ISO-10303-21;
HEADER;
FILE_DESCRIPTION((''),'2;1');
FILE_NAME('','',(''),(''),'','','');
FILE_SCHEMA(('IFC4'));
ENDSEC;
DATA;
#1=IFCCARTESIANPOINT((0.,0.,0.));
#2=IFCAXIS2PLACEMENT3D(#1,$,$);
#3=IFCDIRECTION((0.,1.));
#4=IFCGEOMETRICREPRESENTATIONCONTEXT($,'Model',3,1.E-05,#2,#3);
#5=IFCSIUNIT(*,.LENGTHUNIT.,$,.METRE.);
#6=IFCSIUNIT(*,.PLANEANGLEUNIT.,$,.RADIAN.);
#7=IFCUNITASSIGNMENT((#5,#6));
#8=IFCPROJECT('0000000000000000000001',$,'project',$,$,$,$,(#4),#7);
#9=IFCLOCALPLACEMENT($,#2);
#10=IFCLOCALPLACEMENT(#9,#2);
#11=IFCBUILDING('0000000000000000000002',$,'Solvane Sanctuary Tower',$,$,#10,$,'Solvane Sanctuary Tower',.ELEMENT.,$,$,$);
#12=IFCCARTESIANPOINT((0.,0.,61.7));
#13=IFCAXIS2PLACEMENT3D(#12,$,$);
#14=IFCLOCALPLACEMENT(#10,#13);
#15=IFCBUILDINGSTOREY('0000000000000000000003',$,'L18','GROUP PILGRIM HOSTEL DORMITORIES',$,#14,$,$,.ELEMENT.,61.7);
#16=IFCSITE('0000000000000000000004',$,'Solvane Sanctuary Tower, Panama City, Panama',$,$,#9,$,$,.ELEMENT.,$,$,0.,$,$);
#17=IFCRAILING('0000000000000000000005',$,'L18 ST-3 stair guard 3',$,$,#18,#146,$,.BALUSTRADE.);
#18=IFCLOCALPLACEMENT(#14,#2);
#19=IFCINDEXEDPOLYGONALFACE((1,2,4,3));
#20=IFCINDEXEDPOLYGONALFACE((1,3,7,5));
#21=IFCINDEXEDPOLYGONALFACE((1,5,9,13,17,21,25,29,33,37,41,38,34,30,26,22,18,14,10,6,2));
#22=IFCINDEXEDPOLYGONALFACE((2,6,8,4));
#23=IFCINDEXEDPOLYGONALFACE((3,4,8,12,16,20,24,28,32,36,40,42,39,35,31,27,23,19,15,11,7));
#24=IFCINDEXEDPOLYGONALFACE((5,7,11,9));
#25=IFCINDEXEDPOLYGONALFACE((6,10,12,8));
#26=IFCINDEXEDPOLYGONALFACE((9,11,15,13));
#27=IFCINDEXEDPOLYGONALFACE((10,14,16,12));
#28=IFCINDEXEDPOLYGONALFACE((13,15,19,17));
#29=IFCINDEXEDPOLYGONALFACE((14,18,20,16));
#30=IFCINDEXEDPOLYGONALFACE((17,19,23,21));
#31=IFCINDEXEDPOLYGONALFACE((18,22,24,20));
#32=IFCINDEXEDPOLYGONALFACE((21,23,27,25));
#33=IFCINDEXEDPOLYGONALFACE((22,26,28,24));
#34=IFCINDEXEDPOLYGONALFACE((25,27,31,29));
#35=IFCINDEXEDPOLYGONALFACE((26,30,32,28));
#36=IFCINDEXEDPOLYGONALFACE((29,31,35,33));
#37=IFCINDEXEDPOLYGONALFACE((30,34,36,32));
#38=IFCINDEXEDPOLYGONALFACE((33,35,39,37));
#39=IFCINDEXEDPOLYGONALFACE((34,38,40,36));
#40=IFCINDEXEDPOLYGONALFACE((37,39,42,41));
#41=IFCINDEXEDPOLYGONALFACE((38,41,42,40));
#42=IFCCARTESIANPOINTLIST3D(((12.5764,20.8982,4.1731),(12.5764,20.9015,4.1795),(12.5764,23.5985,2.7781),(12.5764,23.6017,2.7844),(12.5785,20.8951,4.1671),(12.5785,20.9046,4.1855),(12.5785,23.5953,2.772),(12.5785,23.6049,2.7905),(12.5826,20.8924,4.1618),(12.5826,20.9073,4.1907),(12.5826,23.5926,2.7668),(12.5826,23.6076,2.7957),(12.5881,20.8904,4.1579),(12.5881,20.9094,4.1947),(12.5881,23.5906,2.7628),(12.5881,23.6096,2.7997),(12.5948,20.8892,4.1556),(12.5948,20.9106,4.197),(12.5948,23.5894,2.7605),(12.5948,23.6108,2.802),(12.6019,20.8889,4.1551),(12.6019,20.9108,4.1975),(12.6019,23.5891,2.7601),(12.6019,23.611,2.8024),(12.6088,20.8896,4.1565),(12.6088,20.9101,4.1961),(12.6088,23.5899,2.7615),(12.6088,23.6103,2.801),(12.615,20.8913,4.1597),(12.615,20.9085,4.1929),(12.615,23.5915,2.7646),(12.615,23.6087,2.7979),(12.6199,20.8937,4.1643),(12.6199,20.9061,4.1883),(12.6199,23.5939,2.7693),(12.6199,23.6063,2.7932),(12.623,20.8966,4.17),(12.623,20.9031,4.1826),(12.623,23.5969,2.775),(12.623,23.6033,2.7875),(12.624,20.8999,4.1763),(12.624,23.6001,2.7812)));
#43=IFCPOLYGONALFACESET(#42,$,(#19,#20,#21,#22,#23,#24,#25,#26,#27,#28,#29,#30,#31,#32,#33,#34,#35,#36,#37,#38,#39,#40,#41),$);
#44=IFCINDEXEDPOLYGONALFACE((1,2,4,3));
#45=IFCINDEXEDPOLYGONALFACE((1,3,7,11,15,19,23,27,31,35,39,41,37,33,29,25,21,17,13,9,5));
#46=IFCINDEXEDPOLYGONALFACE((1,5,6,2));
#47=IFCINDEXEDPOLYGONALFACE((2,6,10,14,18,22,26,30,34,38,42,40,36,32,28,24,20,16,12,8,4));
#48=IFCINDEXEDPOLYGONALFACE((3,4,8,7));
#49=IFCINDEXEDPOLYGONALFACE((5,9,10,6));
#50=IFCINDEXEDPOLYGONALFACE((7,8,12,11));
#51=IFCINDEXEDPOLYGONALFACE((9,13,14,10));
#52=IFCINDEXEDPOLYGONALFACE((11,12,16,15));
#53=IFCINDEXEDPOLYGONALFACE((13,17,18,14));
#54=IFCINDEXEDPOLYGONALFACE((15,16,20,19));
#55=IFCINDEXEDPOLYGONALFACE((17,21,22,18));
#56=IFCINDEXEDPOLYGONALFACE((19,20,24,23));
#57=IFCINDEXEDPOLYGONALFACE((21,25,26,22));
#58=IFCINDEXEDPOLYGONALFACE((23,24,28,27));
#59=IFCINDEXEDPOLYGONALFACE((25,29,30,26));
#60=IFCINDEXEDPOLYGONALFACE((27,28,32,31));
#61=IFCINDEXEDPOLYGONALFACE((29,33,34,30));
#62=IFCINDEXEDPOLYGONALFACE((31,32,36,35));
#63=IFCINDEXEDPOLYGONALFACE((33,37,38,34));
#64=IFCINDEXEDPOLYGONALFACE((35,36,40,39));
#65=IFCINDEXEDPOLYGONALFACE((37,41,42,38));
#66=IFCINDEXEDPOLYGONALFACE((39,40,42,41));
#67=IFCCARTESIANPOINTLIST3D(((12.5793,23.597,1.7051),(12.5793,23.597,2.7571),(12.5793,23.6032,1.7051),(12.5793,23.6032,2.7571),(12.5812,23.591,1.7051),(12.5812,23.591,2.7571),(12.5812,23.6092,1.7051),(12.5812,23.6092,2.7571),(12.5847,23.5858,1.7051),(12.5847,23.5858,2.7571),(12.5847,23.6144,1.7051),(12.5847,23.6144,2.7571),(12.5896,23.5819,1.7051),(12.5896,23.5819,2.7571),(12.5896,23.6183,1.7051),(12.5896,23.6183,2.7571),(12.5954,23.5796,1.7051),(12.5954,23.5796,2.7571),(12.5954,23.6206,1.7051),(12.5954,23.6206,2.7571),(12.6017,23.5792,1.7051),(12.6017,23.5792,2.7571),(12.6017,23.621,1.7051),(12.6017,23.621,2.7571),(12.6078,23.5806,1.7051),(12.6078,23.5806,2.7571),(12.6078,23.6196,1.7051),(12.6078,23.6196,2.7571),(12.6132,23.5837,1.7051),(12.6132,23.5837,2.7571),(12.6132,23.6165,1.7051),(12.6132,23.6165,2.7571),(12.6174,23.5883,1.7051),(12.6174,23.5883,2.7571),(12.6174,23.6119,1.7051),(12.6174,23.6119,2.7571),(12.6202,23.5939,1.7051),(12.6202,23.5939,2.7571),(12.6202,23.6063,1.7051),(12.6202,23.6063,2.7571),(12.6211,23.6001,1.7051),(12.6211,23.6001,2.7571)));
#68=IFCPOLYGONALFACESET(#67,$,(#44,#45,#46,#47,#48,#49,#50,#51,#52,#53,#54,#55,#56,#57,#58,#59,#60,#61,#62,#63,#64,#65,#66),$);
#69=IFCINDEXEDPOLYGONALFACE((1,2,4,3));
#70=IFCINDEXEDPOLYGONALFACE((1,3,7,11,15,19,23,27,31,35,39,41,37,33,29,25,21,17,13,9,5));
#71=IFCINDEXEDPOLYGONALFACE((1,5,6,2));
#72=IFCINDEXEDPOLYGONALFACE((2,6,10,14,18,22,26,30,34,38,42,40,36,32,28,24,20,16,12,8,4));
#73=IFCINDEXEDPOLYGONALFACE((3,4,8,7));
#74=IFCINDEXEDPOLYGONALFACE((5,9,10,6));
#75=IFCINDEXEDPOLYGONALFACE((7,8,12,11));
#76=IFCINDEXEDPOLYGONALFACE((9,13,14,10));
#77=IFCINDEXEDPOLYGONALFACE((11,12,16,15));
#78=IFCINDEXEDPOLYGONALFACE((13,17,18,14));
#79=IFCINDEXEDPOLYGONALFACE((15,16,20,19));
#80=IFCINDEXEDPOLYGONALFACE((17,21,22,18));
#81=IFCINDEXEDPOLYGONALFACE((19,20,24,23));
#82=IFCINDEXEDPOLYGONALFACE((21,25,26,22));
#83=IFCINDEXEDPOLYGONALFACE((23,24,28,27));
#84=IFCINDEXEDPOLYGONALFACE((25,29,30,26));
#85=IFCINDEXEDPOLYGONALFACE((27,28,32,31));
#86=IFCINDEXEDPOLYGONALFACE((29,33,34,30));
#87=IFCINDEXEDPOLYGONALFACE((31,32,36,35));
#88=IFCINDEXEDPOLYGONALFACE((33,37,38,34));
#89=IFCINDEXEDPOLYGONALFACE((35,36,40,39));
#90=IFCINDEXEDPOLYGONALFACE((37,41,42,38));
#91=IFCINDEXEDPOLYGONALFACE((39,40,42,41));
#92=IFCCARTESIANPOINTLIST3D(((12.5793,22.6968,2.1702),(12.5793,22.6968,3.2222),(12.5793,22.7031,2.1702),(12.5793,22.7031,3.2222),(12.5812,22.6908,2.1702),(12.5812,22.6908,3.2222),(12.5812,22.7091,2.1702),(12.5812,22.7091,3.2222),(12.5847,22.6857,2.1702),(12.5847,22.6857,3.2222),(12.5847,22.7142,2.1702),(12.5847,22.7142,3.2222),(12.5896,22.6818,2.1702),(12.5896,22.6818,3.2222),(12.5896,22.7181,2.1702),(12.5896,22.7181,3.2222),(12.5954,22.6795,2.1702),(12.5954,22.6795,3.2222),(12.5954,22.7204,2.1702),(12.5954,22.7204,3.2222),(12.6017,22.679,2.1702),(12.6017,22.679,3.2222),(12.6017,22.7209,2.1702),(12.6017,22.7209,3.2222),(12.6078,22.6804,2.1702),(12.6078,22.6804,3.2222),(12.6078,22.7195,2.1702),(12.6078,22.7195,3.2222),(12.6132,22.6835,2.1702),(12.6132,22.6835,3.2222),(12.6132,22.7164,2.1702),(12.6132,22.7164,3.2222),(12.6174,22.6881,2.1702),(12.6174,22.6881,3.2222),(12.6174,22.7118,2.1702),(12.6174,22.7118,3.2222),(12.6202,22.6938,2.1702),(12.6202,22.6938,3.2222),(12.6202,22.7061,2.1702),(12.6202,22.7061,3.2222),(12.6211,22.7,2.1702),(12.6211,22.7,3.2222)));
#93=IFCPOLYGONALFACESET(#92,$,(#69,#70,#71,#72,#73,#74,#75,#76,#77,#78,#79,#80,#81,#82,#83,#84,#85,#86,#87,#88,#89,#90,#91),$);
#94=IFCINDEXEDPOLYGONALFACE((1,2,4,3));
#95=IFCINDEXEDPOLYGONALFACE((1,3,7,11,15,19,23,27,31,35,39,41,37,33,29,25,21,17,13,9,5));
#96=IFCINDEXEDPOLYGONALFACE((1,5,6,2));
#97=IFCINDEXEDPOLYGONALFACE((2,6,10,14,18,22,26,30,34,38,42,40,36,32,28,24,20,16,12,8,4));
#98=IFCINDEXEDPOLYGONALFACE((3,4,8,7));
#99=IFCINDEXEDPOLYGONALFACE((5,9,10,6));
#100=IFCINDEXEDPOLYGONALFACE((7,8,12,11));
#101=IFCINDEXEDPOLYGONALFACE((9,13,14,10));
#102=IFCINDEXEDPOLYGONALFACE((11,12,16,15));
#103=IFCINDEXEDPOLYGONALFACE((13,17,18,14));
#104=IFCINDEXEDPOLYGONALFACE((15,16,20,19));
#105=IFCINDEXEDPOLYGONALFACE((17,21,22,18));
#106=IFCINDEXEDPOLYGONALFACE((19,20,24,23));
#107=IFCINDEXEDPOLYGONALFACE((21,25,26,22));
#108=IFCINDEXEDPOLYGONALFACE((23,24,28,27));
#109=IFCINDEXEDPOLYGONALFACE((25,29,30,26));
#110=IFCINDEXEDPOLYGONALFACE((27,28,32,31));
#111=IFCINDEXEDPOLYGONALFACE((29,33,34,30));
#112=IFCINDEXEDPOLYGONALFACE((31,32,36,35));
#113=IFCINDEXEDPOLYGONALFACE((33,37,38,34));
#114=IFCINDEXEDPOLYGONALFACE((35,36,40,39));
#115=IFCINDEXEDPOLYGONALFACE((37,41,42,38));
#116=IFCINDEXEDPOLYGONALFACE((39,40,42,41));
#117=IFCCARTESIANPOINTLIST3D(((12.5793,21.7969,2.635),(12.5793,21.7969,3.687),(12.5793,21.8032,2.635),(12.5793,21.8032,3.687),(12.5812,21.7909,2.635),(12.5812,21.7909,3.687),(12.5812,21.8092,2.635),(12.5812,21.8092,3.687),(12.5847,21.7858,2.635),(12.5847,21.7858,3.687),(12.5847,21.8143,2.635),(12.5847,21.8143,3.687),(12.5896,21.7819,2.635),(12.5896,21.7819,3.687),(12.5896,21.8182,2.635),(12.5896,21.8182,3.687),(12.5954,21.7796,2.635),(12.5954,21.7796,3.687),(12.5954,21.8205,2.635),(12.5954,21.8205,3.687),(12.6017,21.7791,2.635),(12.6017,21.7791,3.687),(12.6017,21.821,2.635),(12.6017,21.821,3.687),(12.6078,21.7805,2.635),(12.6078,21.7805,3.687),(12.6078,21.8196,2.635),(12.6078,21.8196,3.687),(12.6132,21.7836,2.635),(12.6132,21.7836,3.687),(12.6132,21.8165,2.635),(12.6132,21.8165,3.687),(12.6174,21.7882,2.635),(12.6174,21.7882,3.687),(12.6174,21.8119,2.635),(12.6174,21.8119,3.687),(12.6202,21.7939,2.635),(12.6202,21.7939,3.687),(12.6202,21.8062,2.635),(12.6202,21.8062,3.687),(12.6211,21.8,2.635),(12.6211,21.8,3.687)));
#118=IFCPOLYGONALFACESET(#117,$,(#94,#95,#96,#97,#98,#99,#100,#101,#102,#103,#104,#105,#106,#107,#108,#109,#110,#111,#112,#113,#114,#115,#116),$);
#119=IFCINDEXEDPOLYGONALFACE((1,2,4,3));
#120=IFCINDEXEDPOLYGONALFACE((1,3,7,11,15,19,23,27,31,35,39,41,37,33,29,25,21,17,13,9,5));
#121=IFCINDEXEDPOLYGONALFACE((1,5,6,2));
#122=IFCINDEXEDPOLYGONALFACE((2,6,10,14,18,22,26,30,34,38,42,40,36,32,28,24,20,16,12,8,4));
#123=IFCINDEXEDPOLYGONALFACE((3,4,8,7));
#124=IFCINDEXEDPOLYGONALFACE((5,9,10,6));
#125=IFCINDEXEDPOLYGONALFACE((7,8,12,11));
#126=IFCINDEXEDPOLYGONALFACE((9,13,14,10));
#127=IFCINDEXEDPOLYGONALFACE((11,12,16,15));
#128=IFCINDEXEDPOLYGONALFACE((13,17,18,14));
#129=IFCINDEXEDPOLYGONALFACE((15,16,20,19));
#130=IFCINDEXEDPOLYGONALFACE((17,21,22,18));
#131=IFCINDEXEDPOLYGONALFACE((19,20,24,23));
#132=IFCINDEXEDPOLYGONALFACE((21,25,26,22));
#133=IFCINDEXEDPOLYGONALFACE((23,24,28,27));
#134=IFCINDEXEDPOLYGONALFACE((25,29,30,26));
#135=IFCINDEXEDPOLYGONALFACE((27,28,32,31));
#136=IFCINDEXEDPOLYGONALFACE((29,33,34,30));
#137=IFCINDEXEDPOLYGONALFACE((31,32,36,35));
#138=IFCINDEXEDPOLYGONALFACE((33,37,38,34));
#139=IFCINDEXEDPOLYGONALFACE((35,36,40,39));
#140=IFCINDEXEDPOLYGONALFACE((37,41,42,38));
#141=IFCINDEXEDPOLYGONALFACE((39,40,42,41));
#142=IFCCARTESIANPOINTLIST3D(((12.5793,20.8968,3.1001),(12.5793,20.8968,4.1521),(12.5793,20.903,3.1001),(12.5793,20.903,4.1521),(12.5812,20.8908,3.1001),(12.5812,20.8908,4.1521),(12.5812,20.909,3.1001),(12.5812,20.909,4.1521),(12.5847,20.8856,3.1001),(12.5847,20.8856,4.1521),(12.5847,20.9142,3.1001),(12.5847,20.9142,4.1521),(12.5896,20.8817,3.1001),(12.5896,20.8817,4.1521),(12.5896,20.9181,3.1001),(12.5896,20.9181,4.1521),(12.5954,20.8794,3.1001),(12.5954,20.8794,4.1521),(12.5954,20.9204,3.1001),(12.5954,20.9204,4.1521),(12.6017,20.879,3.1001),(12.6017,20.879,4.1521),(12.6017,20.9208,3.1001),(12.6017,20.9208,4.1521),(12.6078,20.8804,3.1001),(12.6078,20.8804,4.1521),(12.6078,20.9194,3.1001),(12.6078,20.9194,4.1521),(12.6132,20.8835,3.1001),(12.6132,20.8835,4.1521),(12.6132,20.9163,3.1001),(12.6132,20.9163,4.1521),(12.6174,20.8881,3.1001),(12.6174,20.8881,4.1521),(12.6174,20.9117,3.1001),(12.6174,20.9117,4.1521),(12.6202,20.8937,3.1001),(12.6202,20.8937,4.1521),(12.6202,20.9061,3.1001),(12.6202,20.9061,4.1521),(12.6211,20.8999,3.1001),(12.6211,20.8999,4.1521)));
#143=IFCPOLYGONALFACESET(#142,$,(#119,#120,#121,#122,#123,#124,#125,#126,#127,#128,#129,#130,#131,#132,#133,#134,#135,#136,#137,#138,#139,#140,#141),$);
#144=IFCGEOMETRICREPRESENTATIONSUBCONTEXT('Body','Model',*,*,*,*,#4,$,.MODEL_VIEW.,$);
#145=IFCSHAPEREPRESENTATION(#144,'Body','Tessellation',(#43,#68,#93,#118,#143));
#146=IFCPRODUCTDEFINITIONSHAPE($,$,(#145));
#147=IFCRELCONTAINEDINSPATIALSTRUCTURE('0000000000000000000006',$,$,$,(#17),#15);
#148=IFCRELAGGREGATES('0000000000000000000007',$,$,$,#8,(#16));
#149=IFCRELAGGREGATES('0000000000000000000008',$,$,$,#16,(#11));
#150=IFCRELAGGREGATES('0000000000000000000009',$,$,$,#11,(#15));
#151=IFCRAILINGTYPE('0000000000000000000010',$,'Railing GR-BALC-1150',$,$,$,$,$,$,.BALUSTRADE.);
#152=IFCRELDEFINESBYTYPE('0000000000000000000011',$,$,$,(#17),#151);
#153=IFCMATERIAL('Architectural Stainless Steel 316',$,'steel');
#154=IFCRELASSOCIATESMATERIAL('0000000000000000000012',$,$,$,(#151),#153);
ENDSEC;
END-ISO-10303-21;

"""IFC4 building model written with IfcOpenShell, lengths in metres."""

from ifc_helpers import new_model, si_unit, direction, frame, origin, origin_2d, place, context, subcontext, project, spatial, circle, extrude, material, type_object, element, save


model = new_model("IFC4")

# Units and contexts
model_context = context("Model", 3, precision=1e-05, world=origin(), true_north=direction((0.0, 1.0)))
body_context = subcontext(model_context, "Body", "Model", "MODEL_VIEW")
ifc_project = project(units=[si_unit("LENGTHUNIT", "METRE"), si_unit("PLANEANGLEUNIT", "RADIAN")], contexts=[model_context])

# Site, building, storey
site_placement = place(None, origin())
site = spatial("IfcSite", under=ifc_project, at=site_placement, Name="Solvane Sanctuary Tower, Panama City, Panama", CompositionType="ELEMENT", RefElevation=0.0)
building_placement = place(site_placement, origin())
building = spatial("IfcBuilding", under=site, at=building_placement, Name="Solvane Sanctuary Tower", LongName="Solvane Sanctuary Tower", CompositionType="ELEMENT")
storey_placement = place(building_placement, frame((0.0, 0.0, 61.7)))
storey = spatial("IfcBuildingStorey", under=building, at=storey_placement, Name="L18", Description="GROUP PILGRIM HOSTEL DORMITORIES", CompositionType="ELEMENT", Elevation=61.7)

# Shared definitions
ifc_material_1 = material(Name="Architectural Stainless Steel 316", Category="steel")

# Railing
railing_type_1 = type_object("IfcRailingType", Name="Railing GR-BALC-1150", PredefinedType="BALUSTRADE", material=ifc_material_1)
railing_1_placement = place(storey_placement, frame((12.6001, 23.6001, 1.7051)))
element("IfcRailing", 1, at=railing_1_placement, inside=storey, type_object=railing_type_1, Name="L18 ST-3 stair guard 3", PredefinedType="BALUSTRADE", context=body_context, shape_type="SweptSolid", body=[
    extrude(circle(Radius=0.0239, at=origin_2d()), frame((0.0, 0.0, 1.0762), z_axis=(0.0, -0.888437, 0.458999), x_axis=(1.0, 0.0, 0.0)), (0.0, 0.0, 1.0), 3.0393),
    extrude(circle(Radius=0.021, at=origin_2d()), origin(), (0.0, 0.0, 1.0), 1.052),
    extrude(circle(Radius=0.021, at=origin_2d()), frame((0.0, -0.9001, 0.4651)), (0.0, 0.0, 1.0), 1.052),
    extrude(circle(Radius=0.021, at=origin_2d()), frame((0.0, -1.8, 0.9299)), (0.0, 0.0, 1.0), 1.052),
    extrude(circle(Radius=0.021, at=origin_2d()), frame((0.0, -2.7002, 1.395)), (0.0, 0.0, 1.0), 1.052),
])

save(model, "model.ifc")
